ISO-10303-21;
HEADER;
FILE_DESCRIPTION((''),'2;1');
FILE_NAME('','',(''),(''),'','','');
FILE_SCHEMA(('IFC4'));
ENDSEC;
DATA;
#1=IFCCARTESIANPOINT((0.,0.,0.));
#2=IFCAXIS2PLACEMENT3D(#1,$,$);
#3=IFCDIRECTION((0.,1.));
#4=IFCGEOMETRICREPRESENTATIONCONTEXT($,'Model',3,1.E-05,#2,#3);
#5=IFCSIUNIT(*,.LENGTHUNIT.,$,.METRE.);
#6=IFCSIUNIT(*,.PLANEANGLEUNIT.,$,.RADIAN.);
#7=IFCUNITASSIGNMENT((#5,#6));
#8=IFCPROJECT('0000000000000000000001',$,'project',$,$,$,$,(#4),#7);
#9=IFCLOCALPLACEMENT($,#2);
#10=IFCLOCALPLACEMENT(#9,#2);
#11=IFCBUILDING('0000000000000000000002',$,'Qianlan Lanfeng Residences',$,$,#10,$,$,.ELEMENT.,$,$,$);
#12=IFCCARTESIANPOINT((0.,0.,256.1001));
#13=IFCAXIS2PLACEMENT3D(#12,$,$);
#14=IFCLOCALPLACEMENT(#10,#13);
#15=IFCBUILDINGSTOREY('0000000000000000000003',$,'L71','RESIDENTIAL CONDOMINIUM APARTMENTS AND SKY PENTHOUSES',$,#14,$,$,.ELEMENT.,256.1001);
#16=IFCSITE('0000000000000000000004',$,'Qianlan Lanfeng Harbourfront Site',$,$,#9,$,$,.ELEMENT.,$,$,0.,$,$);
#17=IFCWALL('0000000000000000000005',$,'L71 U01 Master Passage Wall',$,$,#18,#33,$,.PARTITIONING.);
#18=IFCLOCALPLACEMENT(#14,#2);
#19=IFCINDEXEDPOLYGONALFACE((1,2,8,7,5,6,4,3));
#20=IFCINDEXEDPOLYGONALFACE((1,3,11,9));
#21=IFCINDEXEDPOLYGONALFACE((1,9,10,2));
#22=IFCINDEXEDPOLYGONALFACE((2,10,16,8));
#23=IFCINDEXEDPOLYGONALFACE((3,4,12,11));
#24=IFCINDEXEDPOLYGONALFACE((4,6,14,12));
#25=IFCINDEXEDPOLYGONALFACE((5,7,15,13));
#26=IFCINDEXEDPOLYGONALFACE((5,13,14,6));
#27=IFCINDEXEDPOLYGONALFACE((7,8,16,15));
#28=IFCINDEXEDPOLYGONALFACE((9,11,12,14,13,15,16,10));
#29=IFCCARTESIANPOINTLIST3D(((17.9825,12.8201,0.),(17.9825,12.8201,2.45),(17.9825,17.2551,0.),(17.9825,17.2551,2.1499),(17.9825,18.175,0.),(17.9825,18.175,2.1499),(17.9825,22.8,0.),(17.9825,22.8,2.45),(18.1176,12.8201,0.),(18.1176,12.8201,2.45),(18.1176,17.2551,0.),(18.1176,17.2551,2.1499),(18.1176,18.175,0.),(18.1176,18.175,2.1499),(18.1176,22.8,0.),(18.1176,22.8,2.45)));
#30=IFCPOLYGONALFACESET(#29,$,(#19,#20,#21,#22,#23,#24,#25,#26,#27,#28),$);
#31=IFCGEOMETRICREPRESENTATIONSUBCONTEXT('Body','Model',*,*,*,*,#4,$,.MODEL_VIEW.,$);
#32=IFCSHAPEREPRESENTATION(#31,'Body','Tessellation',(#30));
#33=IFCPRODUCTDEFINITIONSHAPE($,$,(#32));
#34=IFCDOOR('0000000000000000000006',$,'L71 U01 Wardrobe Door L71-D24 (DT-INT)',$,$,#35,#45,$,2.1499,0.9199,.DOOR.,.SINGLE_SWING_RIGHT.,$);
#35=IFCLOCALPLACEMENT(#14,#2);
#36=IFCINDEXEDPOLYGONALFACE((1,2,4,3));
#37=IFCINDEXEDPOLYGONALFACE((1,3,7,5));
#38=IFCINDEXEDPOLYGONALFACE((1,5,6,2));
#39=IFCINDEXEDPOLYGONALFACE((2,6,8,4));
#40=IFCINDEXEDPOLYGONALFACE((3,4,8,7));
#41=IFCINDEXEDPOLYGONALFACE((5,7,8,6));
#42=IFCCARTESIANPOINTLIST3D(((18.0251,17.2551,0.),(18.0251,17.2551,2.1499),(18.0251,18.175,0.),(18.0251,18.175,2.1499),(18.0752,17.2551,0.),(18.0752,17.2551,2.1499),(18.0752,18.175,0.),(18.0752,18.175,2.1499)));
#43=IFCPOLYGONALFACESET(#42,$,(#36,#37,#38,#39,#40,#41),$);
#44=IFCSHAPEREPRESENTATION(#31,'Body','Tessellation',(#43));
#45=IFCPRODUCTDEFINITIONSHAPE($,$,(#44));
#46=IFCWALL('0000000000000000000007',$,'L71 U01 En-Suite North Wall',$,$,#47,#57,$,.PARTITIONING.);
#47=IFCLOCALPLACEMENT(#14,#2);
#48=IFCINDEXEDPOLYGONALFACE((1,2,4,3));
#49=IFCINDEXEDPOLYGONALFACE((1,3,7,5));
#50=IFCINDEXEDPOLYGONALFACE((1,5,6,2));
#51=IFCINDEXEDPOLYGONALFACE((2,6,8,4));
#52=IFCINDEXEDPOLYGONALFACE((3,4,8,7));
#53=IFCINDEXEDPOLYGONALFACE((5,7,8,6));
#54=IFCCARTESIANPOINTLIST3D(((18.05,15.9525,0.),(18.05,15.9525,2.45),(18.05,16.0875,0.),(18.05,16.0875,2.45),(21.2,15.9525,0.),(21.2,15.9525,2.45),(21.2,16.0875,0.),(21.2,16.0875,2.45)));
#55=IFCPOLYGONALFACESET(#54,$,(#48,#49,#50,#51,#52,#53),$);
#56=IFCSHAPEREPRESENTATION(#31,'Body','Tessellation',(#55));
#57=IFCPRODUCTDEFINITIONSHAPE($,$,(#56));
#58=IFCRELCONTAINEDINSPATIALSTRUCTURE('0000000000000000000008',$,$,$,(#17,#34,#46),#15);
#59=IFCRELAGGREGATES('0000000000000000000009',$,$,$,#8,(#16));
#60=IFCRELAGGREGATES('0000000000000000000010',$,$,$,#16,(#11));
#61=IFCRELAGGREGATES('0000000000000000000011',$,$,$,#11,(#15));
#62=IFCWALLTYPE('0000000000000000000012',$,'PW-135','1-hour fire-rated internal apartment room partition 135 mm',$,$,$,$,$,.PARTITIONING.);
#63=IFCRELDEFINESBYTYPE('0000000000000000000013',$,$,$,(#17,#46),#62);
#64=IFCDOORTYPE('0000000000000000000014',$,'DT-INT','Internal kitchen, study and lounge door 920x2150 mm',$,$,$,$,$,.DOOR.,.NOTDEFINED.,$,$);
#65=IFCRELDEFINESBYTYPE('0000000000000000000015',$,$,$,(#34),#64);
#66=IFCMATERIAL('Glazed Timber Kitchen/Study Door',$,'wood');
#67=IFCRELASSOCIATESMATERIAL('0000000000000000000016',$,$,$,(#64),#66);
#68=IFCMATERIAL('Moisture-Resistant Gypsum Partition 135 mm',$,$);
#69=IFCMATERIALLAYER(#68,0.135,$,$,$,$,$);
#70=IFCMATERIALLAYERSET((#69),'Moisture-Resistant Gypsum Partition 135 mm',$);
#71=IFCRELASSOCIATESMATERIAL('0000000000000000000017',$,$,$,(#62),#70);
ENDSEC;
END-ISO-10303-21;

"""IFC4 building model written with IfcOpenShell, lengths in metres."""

from ifc_helpers import new_model, si_unit, direction, frame, frame_2d, origin, place, context, subcontext, project, spatial, rectangle, extrude, material, layer, layer_set, type_object, element, fill, save


model = new_model("IFC4")

# Units and contexts
model_context = context("Model", 3, precision=1e-05, world=origin(), true_north=direction((0.0, 1.0)))
body_context = subcontext(model_context, "Body", "Model", "MODEL_VIEW")
ifc_project = project(units=[si_unit("LENGTHUNIT", "METRE"), si_unit("PLANEANGLEUNIT", "RADIAN")], contexts=[model_context])

# Site, building, storey
site_placement = place(None, origin())
site = spatial("IfcSite", under=ifc_project, at=site_placement, Name="Qianlan Lanfeng Harbourfront Site", CompositionType="ELEMENT", RefElevation=0.0)
building_placement = place(site_placement, origin())
building = spatial("IfcBuilding", under=site, at=building_placement, Name="Qianlan Lanfeng Residences", CompositionType="ELEMENT")
storey_placement = place(building_placement, frame((0.0, 0.0, 256.1001)))
storey = spatial("IfcBuildingStorey", under=building, at=storey_placement, Name="L71", Description="RESIDENTIAL CONDOMINIUM APARTMENTS AND SKY PENTHOUSES", CompositionType="ELEMENT", Elevation=256.1001)

# Shared definitions
ifc_material_1 = material(Name="Glazed Timber Kitchen/Study Door", Category="wood")
door_type_1 = type_object("IfcDoorType", Name="DT-INT", Description="Internal kitchen, study and lounge door 920x2150 mm", OperationType="NOTDEFINED", PredefinedType="DOOR", material=ifc_material_1)

# Shared definitions
ifc_material_2 = material(Name="Moisture-Resistant Gypsum Partition 135 mm")
ifc_layer_1 = layer(ifc_material_2, 0.135)
ifc_layer_set_1 = layer_set([ifc_layer_1], Name="Moisture-Resistant Gypsum Partition 135 mm")
wall_type_1 = type_object("IfcWallType", Name="PW-135", Description="1-hour fire-rated internal apartment room partition 135 mm", PredefinedType="PARTITIONING", material=ifc_layer_set_1)

# Wall, opening, door
wall_1_placement = place(storey_placement, frame((18.05, 12.8201, 0.0), z_axis=(0.0, 0.0, 1.0), x_axis=(0.0, 1.0, 0.0)))
wall_1 = element("IfcWall", 1, at=wall_1_placement, inside=storey, type_object=wall_type_1, Name="L71 U01 Master Passage Wall", PredefinedType="PARTITIONING", context=body_context, shape_type="SweptSolid", body=[
    extrude(rectangle(XDim=9.98, YDim=0.135, at=frame_2d((4.99, 0.0))), origin(), (0.0, 0.0, 1.0), 2.45),
])
opening_1_placement = place(wall_1_placement, frame((4.4351, 0.0, 0.0)))
opening_1 = element("IfcOpeningElement", 2, at=opening_1_placement, cuts=wall_1, PredefinedType="OPENING", context=body_context, shape_type="SweptSolid", body=[
    extrude(rectangle(XDim=0.9199, YDim=2.1499, at=frame_2d((0.46, 1.075))), frame((0.0, 0.0776, 0.0), z_axis=(0.0, -1.0, 0.0), x_axis=(1.0, 0.0, 0.0)), (0.0, 0.0, 1.0), 0.155),
])
door_1_placement = place(opening_1_placement, origin())
door_1 = element("IfcDoor", 3, at=door_1_placement, inside=storey, type_object=door_type_1, Name="L71 U01 Wardrobe Door L71-D24 (DT-INT)", OperationType="SINGLE_SWING_RIGHT", OverallHeight=2.1499, OverallWidth=0.9199, PredefinedType="DOOR", context=body_context, shape_type="SweptSolid", body=[
    extrude(rectangle(XDim=0.9199, YDim=2.1499, at=frame_2d((0.46, 1.075))), frame((0.0, 0.0249, 0.0), z_axis=(0.0, -1.0, 0.0), x_axis=(1.0, 0.0, 0.0)), (0.0, 0.0, 1.0), 0.05),
])
fill(opening_1, door_1)

# Wall
wall_2_placement = place(storey_placement, frame((18.05, 16.02, 0.0), z_axis=(0.0, 0.0, 1.0), x_axis=(1.0, 0.0, 0.0)))
element("IfcWall", 4, at=wall_2_placement, inside=storey, type_object=wall_type_1, Name="L71 U01 En-Suite North Wall", PredefinedType="PARTITIONING", context=body_context, shape_type="SweptSolid", body=[
    extrude(rectangle(XDim=3.1499, YDim=0.135, at=frame_2d((1.575, 0.0))), origin(), (0.0, 0.0, 1.0), 2.45),
])

save(model, "model.ifc")
